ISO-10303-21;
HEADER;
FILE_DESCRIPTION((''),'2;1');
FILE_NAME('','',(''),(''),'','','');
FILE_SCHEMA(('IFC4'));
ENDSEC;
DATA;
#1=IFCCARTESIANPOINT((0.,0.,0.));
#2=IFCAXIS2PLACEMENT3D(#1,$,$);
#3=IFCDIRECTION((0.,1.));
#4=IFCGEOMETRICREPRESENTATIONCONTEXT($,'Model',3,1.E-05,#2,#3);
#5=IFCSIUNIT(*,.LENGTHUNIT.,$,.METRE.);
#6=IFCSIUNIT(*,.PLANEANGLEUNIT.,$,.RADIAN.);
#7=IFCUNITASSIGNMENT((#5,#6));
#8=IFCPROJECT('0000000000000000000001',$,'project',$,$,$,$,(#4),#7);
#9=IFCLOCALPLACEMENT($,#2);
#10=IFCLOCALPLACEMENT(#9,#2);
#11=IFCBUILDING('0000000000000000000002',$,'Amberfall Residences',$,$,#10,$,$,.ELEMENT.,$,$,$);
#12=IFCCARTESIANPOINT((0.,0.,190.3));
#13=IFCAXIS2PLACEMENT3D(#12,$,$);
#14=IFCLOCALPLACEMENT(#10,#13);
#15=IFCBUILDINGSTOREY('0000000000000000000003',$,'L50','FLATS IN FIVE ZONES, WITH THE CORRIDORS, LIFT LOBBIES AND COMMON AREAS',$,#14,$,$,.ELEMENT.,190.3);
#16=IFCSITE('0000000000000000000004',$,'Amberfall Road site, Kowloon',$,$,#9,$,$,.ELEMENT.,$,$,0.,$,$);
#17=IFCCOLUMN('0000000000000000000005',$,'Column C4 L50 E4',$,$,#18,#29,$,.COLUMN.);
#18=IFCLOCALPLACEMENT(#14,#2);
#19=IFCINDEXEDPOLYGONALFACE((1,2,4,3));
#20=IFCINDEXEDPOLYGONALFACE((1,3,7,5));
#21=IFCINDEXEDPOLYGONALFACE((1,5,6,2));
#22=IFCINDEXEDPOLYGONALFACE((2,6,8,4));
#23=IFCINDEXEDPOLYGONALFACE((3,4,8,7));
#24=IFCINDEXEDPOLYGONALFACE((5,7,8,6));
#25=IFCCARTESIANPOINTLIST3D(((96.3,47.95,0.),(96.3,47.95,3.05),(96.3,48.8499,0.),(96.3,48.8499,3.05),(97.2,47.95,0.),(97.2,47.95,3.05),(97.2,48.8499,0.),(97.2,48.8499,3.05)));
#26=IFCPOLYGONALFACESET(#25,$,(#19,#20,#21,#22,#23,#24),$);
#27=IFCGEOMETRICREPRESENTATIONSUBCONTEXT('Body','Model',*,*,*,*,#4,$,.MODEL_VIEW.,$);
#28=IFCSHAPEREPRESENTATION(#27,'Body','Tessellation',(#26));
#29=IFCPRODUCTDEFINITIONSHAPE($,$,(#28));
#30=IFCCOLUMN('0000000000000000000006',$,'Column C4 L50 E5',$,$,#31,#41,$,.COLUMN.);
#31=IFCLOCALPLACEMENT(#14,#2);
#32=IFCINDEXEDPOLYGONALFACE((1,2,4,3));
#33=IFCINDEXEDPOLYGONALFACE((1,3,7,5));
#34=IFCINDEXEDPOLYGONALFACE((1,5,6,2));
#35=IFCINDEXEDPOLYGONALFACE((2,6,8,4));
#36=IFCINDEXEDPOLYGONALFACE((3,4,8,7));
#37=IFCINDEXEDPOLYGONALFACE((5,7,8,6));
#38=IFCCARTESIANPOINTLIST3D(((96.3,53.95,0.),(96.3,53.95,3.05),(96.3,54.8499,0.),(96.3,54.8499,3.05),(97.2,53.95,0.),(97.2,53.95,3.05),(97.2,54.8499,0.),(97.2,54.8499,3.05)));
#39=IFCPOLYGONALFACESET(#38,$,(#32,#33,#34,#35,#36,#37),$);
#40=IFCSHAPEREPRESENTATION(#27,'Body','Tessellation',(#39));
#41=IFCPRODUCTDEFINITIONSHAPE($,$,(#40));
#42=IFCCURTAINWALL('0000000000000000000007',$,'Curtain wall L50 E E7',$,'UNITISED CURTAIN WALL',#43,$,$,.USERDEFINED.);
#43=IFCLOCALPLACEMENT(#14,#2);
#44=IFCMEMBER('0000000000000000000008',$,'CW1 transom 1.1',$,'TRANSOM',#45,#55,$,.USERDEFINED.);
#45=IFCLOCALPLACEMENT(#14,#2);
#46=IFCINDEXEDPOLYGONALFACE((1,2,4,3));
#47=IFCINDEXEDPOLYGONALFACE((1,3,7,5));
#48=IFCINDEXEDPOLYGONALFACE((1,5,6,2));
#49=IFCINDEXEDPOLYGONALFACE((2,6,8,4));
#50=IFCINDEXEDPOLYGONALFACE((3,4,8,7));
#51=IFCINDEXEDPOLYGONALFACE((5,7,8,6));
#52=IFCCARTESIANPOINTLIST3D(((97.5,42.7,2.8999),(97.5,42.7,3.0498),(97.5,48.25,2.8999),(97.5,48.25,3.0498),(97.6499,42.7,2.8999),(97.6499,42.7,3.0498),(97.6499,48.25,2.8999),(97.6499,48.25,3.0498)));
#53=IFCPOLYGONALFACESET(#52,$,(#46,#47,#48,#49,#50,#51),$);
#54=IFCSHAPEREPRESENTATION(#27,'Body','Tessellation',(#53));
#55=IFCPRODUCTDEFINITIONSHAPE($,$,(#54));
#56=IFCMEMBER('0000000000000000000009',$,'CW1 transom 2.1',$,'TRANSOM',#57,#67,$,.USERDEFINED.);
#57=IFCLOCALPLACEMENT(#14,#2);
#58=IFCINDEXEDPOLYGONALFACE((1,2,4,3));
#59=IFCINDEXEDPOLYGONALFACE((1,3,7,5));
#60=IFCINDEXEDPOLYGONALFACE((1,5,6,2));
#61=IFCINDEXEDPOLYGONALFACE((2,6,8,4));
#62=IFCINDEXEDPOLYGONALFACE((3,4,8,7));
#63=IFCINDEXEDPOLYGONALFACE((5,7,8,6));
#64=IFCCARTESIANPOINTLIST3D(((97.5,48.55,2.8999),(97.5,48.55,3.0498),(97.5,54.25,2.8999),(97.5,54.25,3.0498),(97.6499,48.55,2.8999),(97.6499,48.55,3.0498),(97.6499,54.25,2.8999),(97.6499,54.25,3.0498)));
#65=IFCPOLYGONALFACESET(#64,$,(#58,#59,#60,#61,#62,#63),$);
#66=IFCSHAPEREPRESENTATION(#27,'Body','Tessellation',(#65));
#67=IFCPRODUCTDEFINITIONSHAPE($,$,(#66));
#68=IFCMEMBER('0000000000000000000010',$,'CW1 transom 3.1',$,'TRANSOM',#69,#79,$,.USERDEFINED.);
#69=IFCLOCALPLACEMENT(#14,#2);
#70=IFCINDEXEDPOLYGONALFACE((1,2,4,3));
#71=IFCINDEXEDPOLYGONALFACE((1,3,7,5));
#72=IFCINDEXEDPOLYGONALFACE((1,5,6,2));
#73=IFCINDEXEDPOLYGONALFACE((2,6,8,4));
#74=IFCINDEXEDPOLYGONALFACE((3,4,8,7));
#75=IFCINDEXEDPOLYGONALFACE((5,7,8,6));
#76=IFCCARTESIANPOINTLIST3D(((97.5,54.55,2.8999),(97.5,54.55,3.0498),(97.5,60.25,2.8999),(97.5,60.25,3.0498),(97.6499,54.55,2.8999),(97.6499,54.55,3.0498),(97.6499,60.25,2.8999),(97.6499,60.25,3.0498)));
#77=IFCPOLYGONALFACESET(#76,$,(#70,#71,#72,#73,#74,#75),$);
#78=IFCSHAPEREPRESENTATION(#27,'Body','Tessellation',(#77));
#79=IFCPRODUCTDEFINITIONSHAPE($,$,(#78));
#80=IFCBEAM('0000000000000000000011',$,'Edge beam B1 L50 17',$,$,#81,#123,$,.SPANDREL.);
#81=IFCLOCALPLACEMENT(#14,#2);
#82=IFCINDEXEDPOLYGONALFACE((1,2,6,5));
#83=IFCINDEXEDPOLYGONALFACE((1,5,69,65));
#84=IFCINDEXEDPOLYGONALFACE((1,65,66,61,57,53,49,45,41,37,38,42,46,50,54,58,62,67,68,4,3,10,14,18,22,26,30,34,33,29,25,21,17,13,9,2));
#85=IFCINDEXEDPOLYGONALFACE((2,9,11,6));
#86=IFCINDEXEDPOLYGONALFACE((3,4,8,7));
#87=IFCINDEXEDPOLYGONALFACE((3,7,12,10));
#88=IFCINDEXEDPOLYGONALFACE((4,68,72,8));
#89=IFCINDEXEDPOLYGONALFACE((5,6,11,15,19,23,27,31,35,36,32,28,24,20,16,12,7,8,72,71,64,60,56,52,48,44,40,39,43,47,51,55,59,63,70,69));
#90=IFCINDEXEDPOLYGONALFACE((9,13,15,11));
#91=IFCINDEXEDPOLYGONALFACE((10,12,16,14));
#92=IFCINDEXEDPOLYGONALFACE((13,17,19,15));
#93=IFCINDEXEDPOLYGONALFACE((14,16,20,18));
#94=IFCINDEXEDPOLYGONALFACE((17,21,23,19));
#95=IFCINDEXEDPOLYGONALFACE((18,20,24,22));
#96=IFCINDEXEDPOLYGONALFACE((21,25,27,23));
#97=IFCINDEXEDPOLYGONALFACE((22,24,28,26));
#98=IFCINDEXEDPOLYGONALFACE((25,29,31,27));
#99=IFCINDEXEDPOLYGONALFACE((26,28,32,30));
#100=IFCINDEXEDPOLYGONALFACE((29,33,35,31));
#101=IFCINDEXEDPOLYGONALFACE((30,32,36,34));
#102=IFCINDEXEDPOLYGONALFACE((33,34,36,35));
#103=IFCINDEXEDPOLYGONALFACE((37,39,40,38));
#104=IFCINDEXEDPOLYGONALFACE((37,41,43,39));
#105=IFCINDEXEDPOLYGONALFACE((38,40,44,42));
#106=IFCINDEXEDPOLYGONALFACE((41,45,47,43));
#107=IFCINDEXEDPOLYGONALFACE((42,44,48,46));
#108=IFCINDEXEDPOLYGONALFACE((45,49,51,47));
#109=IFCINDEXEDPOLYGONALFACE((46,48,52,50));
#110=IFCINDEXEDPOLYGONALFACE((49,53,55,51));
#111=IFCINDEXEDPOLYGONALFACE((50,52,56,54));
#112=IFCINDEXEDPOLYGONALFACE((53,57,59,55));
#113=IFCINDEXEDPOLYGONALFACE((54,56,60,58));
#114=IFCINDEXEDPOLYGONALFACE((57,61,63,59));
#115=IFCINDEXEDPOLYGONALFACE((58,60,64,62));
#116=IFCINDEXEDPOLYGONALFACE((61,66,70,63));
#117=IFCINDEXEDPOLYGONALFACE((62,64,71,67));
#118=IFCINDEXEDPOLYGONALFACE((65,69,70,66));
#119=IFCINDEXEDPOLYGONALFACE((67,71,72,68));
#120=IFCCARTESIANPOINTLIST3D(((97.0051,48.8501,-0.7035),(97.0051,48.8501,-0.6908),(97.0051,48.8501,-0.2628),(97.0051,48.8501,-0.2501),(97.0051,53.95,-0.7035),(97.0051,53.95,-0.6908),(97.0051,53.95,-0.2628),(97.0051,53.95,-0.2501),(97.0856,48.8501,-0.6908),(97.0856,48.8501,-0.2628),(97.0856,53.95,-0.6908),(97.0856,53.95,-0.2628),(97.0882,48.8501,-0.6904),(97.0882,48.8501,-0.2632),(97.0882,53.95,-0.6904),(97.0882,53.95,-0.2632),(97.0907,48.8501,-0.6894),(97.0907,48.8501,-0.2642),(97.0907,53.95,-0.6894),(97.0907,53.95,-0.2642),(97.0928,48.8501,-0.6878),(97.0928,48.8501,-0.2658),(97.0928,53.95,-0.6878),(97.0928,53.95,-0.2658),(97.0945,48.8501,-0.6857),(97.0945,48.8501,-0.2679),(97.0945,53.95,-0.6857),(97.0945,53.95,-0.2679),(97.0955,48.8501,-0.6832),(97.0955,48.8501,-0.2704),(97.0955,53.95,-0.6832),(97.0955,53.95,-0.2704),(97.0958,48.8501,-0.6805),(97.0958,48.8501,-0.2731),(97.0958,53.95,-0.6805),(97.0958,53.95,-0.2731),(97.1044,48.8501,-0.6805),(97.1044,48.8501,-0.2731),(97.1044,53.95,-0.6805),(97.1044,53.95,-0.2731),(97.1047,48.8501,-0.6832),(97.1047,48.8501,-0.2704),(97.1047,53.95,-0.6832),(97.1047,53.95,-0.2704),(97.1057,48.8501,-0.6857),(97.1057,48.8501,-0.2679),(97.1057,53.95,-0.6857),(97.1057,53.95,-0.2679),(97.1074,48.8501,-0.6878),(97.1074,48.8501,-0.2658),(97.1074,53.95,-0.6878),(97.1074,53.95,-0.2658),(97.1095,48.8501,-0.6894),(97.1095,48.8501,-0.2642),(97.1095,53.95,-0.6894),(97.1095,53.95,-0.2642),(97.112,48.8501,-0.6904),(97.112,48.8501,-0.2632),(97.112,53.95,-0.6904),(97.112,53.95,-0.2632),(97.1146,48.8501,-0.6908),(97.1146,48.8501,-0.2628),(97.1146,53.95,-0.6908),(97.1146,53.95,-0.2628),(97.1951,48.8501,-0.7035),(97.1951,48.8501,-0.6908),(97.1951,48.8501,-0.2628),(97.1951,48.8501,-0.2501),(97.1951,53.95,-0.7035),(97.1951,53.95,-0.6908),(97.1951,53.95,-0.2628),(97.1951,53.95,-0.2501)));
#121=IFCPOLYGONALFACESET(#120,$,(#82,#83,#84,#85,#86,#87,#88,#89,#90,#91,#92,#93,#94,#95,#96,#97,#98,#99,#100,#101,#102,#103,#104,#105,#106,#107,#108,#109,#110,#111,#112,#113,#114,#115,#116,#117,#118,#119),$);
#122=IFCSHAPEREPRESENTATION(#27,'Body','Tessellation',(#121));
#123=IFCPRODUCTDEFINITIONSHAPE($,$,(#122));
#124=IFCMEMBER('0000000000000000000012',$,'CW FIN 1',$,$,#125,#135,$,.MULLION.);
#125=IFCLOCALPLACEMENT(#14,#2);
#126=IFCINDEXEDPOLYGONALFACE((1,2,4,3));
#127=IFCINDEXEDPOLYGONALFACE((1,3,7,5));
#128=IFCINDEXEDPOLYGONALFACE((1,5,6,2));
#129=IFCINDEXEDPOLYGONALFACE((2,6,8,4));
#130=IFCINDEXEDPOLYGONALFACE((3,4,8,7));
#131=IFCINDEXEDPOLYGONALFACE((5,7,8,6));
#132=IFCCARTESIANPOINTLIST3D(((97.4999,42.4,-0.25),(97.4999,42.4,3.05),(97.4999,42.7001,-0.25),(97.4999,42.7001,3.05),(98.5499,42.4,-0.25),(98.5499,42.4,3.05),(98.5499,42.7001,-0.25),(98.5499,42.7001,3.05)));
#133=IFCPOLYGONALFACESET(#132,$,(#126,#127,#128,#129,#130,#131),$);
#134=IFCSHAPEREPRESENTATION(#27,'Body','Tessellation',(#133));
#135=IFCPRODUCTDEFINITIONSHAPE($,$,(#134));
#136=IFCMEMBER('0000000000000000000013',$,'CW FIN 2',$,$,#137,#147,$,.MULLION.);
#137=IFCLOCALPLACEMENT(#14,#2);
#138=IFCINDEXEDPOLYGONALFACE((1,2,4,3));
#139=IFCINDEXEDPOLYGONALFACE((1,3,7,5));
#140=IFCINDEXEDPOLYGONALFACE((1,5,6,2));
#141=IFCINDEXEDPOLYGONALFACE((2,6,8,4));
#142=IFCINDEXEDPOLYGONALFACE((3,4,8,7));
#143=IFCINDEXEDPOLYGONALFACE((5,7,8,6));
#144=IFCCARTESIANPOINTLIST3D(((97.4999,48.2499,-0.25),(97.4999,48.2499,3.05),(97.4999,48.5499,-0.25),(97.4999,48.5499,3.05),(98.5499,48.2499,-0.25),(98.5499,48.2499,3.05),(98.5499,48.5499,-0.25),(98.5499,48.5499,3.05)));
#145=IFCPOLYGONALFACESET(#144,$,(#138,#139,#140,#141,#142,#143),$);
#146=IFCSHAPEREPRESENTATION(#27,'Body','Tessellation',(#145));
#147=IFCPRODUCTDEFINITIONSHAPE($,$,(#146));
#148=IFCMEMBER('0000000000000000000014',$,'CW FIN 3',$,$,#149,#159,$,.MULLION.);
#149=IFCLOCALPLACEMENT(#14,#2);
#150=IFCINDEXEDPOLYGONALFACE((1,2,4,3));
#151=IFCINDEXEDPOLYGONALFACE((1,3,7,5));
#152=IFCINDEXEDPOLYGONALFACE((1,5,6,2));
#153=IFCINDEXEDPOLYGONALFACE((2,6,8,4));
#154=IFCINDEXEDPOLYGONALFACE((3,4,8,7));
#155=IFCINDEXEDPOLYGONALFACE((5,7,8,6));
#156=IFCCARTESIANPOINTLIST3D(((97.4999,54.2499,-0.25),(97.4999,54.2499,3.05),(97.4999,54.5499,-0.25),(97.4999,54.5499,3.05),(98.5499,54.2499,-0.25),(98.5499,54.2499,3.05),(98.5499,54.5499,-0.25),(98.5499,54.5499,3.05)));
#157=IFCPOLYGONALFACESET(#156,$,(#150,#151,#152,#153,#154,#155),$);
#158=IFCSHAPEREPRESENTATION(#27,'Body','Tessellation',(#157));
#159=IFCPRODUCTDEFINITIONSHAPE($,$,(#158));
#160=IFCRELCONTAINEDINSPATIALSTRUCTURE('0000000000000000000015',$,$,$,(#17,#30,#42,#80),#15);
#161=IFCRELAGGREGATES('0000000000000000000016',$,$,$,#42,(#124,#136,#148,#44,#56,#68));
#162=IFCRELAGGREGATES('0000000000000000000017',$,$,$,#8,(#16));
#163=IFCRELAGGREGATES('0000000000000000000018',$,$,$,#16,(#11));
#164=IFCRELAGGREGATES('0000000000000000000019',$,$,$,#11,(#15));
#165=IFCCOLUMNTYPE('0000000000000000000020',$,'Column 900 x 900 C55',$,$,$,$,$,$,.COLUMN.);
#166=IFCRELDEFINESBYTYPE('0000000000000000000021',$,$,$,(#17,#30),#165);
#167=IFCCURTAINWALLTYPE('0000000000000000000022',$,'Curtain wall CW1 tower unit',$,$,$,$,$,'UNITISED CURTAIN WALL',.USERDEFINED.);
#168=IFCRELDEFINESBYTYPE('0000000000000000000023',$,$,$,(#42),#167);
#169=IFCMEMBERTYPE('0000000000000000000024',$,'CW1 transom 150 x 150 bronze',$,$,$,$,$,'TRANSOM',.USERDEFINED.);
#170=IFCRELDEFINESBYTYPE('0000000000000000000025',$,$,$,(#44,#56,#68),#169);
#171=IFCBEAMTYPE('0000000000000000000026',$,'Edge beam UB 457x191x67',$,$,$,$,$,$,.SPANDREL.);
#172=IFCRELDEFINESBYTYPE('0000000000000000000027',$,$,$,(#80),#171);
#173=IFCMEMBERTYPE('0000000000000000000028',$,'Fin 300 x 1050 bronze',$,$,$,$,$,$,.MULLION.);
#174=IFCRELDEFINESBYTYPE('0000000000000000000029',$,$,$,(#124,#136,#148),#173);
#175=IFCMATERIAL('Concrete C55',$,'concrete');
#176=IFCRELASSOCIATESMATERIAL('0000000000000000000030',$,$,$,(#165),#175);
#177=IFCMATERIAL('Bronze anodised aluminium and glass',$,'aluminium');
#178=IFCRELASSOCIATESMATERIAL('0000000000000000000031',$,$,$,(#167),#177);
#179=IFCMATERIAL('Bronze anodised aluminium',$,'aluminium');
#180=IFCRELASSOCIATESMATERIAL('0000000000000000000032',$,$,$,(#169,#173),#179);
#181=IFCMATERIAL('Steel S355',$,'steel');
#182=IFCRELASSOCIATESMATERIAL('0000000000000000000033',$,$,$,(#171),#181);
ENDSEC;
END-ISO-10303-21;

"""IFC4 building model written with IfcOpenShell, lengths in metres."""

from ifc_helpers import new_model, si_unit, direction, frame, origin, origin_2d, place, context, subcontext, project, spatial, rectangle, i_section, extrude, material, material_profile, profile_set, type_object, element, aggregate, save


model = new_model("IFC4")

# Units and contexts
model_context = context("Model", 3, precision=1e-05, world=origin(), true_north=direction((0.0, 1.0)))
body_context = subcontext(model_context, "Body", "Model", "MODEL_VIEW")
ifc_project = project(units=[si_unit("LENGTHUNIT", "METRE"), si_unit("PLANEANGLEUNIT", "RADIAN")], contexts=[model_context])

# Site, building, storey
site_placement = place(None, origin())
site = spatial("IfcSite", under=ifc_project, at=site_placement, Name="Amberfall Road site, Kowloon", CompositionType="ELEMENT", RefElevation=0.0)
building_placement = place(site_placement, origin())
building = spatial("IfcBuilding", under=site, at=building_placement, Name="Amberfall Residences", CompositionType="ELEMENT")
storey_placement = place(building_placement, frame((0.0, 0.0, 190.3)))
storey = spatial("IfcBuildingStorey", under=building, at=storey_placement, Name="L50", Description="FLATS IN FIVE ZONES, WITH THE CORRIDORS, LIFT LOBBIES AND COMMON AREAS", CompositionType="ELEMENT", Elevation=190.3)

# Columns
ifc_material_1 = material(Name="Concrete C55", Category="concrete")
ifc_material_profile_1 = material_profile(ifc_material_1, rectangle(XDim=0.8999, YDim=0.8999, at=origin_2d()), Name="Column 900 x 900 C55")
ifc_profile_set_1 = profile_set([ifc_material_profile_1], Name="Concrete C55")
column_type = type_object("IfcColumnType", Name="Column 900 x 900 C55", PredefinedType="COLUMN", material=ifc_profile_set_1)
for number, where, z_axis, x_axis, name in (
    (1, (96.75, 48.3999, 0.0), (0.0, 0.0, 1.0), (1.0, 0.0, 0.0), "Column C4 L50 E4"),
    (2, (96.75, 54.3999, 0.0), (0.0, 0.0, 1.0), (1.0, 0.0, 0.0), "Column C4 L50 E5"),
):
    element("IfcColumn", number, at=place(storey_placement, frame(where, z_axis=z_axis, x_axis=x_axis)), inside=storey, type_object=column_type, Name=name, PredefinedType="COLUMN", context=body_context, shape_type="SweptSolid", body=[
        extrude(rectangle(XDim=0.8999, YDim=0.8999, at=origin_2d()), origin(), (0.0, 0.0, 1.0), 3.05),
    ])

# Curtain wall, members
ifc_material_2 = material(Name="Bronze anodised aluminium and glass", Category="aluminium")
curtain_wall_type = type_object("IfcCurtainWallType", Name="Curtain wall CW1 tower unit", ElementType="UNITISED CURTAIN WALL", PredefinedType="USERDEFINED", material=ifc_material_2)
curtain_wall_placement = place(storey_placement, origin())
curtain_wall = element("IfcCurtainWall", 3, at=curtain_wall_placement, inside=storey, type_object=curtain_wall_type, Name="Curtain wall L50 E E7", ObjectType="UNITISED CURTAIN WALL", PredefinedType="USERDEFINED")
ifc_material_3 = material(Name="Bronze anodised aluminium", Category="aluminium")
ifc_material_profile_2 = material_profile(ifc_material_3, rectangle(XDim=0.1499, YDim=0.1499, at=origin_2d()), Name="CW1 transom 150 x 150 bronze")
ifc_profile_set_2 = profile_set([ifc_material_profile_2], Name="Bronze anodised aluminium")
member_type_1 = type_object("IfcMemberType", Name="CW1 transom 150 x 150 bronze", ElementType="TRANSOM", PredefinedType="USERDEFINED", material=ifc_profile_set_2)
member_1_placement = place(storey_placement, frame((97.575, 42.7, 2.9749), z_axis=(0.0, 1.0, 0.0), x_axis=(-1.0, 0.0, 0.0)))
member_1 = element("IfcMember", 4, at=member_1_placement, type_object=member_type_1, Name="CW1 transom 1.1", ObjectType="TRANSOM", PredefinedType="USERDEFINED", context=body_context, shape_type="SweptSolid", body=[
    extrude(rectangle(XDim=0.1499, YDim=0.1499, at=origin_2d()), origin(), (0.0, 0.0, 1.0), 5.55),
])
member_2_placement = place(storey_placement, frame((97.575, 48.55, 2.9749), z_axis=(0.0, 1.0, 0.0), x_axis=(-1.0, 0.0, 0.0)))
member_2 = element("IfcMember", 5, at=member_2_placement, type_object=member_type_1, Name="CW1 transom 2.1", ObjectType="TRANSOM", PredefinedType="USERDEFINED", context=body_context, shape_type="SweptSolid", body=[
    extrude(rectangle(XDim=0.1499, YDim=0.1499, at=origin_2d()), origin(), (0.0, 0.0, 1.0), 5.7),
])
member_3_placement = place(storey_placement, frame((97.575, 54.55, 2.9749), z_axis=(0.0, 1.0, 0.0), x_axis=(-1.0, 0.0, 0.0)))
member_3 = element("IfcMember", 6, at=member_3_placement, type_object=member_type_1, Name="CW1 transom 3.1", ObjectType="TRANSOM", PredefinedType="USERDEFINED", context=body_context, shape_type="SweptSolid", body=[
    extrude(rectangle(XDim=0.1499, YDim=0.1499, at=origin_2d()), origin(), (0.0, 0.0, 1.0), 5.7),
])

# Beam
ifc_material_4 = material(Name="Steel S355", Category="steel")
ifc_material_profile_3 = material_profile(ifc_material_4, i_section(OverallWidth=0.1899, OverallDepth=0.4534, WebThickness=0.0085, FlangeThickness=0.0127, FilletRadius=0.0103, at=origin_2d()), Name="UB 457x191x67")
ifc_profile_set_3 = profile_set([ifc_material_profile_3], Name="Steel S355")
beam_type_1 = type_object("IfcBeamType", Name="Edge beam UB 457x191x67", PredefinedType="SPANDREL", material=ifc_profile_set_3)
beam_placement = place(storey_placement, frame((97.1001, 48.8501, -0.4768), z_axis=(0.0, 1.0, 0.0), x_axis=(-1.0, 0.0, 0.0)))
element("IfcBeam", 7, at=beam_placement, inside=storey, type_object=beam_type_1, Name="Edge beam B1 L50 17", PredefinedType="SPANDREL", context=body_context, shape_type="SweptSolid", body=[
    extrude(i_section(OverallWidth=0.1899, OverallDepth=0.4534, WebThickness=0.0085, FlangeThickness=0.0127, FilletRadius=0.0103, at=origin_2d()), origin(), (0.0, 0.0, 1.0), 5.0999),
])

# Members
ifc_material_profile_4 = material_profile(ifc_material_3, rectangle(XDim=1.05, YDim=0.3, at=origin_2d()), Name="Fin 300 x 1050 bronze")
ifc_profile_set_4 = profile_set([ifc_material_profile_4], Name="Bronze anodised aluminium")
member_type_2 = type_object("IfcMemberType", Name="Fin 300 x 1050 bronze", PredefinedType="MULLION", material=ifc_profile_set_4)
member_4_placement = place(storey_placement, frame((98.0249, 42.55, -0.25), z_axis=(0.0, 0.0, 1.0), x_axis=(-1.0, 0.0, 0.0)))
member_4 = element("IfcMember", 8, at=member_4_placement, type_object=member_type_2, Name="CW FIN 1", PredefinedType="MULLION", context=body_context, shape_type="SweptSolid", body=[
    extrude(rectangle(XDim=1.05, YDim=0.3, at=origin_2d()), origin(), (0.0, 0.0, 1.0), 3.3),
])
member_5_placement = place(storey_placement, frame((98.0249, 48.3999, -0.25), z_axis=(0.0, 0.0, 1.0), x_axis=(-1.0, 0.0, 0.0)))
member_5 = element("IfcMember", 9, at=member_5_placement, type_object=member_type_2, Name="CW FIN 2", PredefinedType="MULLION", context=body_context, shape_type="SweptSolid", body=[
    extrude(rectangle(XDim=1.05, YDim=0.3, at=origin_2d()), origin(), (0.0, 0.0, 1.0), 3.3),
])
member_6_placement = place(storey_placement, frame((98.0249, 54.3999, -0.25), z_axis=(0.0, 0.0, 1.0), x_axis=(-1.0, 0.0, 0.0)))
member_6 = element("IfcMember", 10, at=member_6_placement, type_object=member_type_2, Name="CW FIN 3", PredefinedType="MULLION", context=body_context, shape_type="SweptSolid", body=[
    extrude(rectangle(XDim=1.05, YDim=0.3, at=origin_2d()), origin(), (0.0, 0.0, 1.0), 3.3),
])

aggregate(curtain_wall, [member_4, member_5, member_6, member_1, member_2, member_3])

save(model, "model.ifc")
